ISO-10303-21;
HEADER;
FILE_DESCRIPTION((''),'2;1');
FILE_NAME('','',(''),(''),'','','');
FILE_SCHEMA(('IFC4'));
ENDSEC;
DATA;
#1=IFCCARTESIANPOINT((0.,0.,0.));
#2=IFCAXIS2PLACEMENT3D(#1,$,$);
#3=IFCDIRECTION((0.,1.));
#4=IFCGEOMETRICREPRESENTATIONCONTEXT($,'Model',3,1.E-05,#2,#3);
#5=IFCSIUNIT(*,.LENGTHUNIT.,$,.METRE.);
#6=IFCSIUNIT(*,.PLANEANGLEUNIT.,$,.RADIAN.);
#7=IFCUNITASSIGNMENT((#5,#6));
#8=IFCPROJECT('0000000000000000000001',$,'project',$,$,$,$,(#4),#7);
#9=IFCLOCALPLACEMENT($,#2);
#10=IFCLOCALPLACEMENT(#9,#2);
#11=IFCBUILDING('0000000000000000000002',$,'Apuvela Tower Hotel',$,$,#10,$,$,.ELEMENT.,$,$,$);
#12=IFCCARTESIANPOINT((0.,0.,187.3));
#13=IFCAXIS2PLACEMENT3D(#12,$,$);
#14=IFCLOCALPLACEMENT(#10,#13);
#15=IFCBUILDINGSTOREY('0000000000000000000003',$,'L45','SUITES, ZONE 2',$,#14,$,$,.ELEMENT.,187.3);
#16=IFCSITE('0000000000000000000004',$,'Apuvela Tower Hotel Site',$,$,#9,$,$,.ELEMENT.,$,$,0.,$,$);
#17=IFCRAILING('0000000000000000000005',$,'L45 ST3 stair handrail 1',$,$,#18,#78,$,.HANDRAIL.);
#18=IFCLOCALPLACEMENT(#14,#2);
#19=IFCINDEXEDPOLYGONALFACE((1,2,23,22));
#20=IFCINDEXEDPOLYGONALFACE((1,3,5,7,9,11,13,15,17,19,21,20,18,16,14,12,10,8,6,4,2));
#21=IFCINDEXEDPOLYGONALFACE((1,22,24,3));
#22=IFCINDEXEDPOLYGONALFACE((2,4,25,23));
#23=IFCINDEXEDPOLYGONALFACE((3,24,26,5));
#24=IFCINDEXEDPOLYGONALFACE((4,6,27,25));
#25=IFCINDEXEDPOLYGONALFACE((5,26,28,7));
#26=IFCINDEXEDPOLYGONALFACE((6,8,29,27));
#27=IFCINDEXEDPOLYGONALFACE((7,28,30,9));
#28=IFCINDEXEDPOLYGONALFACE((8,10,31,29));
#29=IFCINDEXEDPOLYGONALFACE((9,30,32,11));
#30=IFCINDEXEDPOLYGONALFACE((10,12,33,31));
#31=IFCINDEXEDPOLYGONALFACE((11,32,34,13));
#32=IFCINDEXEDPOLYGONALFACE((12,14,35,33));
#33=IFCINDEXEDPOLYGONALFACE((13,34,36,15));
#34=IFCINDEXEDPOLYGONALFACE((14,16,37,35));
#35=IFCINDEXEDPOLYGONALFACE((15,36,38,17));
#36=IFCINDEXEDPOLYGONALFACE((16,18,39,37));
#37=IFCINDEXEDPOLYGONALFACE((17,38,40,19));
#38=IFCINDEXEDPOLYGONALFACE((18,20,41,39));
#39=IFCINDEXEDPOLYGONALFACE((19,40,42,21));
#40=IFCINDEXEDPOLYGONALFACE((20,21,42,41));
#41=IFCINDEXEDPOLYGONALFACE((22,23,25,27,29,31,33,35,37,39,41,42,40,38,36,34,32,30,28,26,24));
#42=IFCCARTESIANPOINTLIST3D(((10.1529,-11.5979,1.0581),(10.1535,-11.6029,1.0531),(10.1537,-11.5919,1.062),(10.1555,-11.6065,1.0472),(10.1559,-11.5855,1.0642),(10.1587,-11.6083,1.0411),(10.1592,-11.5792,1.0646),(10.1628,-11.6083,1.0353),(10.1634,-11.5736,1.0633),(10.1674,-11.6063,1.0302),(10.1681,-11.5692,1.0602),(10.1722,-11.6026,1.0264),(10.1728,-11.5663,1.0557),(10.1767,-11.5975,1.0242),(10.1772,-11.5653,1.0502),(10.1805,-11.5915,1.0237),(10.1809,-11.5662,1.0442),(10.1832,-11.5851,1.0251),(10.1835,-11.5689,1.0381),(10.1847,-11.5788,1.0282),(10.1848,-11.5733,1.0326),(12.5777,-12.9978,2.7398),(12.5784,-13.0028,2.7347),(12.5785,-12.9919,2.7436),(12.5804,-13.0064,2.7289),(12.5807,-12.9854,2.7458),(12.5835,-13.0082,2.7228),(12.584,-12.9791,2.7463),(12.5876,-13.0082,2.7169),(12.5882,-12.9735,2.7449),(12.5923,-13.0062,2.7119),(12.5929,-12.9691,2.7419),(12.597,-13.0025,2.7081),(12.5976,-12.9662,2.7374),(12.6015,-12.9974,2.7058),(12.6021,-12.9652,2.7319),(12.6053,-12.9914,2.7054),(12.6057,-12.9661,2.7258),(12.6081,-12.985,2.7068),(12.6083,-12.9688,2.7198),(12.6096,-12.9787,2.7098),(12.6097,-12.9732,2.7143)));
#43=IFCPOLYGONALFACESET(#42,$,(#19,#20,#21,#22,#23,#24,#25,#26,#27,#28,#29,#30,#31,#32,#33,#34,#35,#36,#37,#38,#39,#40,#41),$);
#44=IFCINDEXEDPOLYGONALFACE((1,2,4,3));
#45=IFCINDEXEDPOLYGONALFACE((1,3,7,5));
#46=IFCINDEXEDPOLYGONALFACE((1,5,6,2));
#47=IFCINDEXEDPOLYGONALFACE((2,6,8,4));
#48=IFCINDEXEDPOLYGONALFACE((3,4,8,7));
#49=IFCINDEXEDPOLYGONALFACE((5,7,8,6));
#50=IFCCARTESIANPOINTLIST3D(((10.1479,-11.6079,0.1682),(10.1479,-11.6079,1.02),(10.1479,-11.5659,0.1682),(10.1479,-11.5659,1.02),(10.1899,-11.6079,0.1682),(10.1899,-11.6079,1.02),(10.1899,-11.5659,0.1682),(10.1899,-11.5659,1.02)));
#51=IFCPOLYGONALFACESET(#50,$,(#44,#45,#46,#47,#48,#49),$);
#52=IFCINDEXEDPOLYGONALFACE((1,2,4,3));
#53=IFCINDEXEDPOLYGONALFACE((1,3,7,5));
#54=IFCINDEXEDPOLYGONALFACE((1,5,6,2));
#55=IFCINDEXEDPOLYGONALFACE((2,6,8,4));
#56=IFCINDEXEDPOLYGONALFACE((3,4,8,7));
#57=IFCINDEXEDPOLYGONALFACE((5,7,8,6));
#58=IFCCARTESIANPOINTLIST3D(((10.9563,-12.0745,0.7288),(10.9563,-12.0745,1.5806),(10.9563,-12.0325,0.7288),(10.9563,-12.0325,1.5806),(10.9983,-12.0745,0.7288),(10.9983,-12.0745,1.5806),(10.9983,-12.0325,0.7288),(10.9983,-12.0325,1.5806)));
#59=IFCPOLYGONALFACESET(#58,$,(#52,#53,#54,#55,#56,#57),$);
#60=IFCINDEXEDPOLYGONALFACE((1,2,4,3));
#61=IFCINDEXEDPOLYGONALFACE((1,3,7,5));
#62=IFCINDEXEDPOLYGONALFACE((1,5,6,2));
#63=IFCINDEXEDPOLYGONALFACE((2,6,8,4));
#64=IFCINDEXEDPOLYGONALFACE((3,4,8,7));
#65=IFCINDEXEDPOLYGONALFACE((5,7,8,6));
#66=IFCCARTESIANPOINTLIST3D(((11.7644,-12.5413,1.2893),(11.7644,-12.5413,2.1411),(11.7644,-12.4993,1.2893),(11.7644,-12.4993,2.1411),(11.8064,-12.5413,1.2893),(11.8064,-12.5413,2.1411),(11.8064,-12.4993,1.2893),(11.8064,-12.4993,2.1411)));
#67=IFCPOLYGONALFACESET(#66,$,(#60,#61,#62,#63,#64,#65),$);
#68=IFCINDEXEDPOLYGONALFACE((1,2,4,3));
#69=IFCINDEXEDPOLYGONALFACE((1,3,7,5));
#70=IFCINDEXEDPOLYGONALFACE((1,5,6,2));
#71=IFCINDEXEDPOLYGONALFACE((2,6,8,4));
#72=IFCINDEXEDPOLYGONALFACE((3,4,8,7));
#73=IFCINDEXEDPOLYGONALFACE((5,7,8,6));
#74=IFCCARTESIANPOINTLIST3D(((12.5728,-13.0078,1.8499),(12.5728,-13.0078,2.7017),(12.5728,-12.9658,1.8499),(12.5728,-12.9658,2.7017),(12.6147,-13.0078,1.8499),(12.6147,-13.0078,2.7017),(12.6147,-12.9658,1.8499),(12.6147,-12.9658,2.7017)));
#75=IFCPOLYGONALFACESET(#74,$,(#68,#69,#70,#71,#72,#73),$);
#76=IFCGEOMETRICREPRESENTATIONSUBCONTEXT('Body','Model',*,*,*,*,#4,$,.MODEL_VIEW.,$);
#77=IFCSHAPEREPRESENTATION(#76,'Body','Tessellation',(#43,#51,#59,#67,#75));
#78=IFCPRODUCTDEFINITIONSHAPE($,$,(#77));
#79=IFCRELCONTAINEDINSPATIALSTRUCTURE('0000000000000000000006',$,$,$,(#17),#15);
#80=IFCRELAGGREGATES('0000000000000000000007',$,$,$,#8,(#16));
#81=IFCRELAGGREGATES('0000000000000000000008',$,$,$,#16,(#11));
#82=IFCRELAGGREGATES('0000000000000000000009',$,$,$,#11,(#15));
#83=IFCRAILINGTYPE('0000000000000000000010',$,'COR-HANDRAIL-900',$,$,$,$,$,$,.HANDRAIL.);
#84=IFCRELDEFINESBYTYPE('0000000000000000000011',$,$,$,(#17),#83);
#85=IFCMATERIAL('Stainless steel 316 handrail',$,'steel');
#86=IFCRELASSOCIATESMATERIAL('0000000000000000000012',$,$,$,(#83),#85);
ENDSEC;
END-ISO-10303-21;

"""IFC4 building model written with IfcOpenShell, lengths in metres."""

from ifc_helpers import new_model, si_unit, direction, frame, origin, origin_2d, place, context, subcontext, project, spatial, rectangle, circle, extrude, material, type_object, element, save


model = new_model("IFC4")

# Units and contexts
model_context = context("Model", 3, precision=1e-05, world=origin(), true_north=direction((0.0, 1.0)))
body_context = subcontext(model_context, "Body", "Model", "MODEL_VIEW")
ifc_project = project(units=[si_unit("LENGTHUNIT", "METRE"), si_unit("PLANEANGLEUNIT", "RADIAN")], contexts=[model_context])

# Site, building, storey
site_placement = place(None, origin())
site = spatial("IfcSite", under=ifc_project, at=site_placement, Name="Apuvela Tower Hotel Site", CompositionType="ELEMENT", RefElevation=0.0)
building_placement = place(site_placement, origin())
building = spatial("IfcBuilding", under=site, at=building_placement, Name="Apuvela Tower Hotel", CompositionType="ELEMENT")
storey_placement = place(building_placement, frame((0.0, 0.0, 187.3)))
storey = spatial("IfcBuildingStorey", under=building, at=storey_placement, Name="L45", Description="SUITES, ZONE 2", CompositionType="ELEMENT", Elevation=187.3)

# Railing
ifc_material_1 = material(Name="Stainless steel 316 handrail", Category="steel")
railing_type_1 = type_object("IfcRailingType", Name="COR-HANDRAIL-900", PredefinedType="HANDRAIL", material=ifc_material_1)
railing_1_placement = place(storey_placement, frame((10.1689, -11.5869, 0.1682)))
element("IfcRailing", 1, at=railing_1_placement, inside=storey, type_object=railing_type_1, Name="L45 ST3 stair handrail 1", PredefinedType="HANDRAIL", context=body_context, shape_type="SweptSolid", body=[
    extrude(circle(Radius=0.0239, at=origin_2d()), frame((0.0, 0.0, 0.876), z_axis=(0.742419, -0.428618, 0.514879), x_axis=(0.499984, 0.866035, 0.0)), (0.0, 0.0, 1.0), 3.2661),
    extrude(rectangle(XDim=0.042, YDim=0.042, at=origin_2d()), origin(), (0.0, 0.0, 1.0), 0.8518),
    extrude(rectangle(XDim=0.042, YDim=0.042, at=origin_2d()), frame((0.8083, -0.4666, 0.5605)), (0.0, 0.0, 1.0), 0.8518),
    extrude(rectangle(XDim=0.042, YDim=0.042, at=origin_2d()), frame((1.6165, -0.9333, 1.1211)), (0.0, 0.0, 1.0), 0.8518),
    extrude(rectangle(XDim=0.042, YDim=0.042, at=origin_2d()), frame((2.4248, -1.3999, 1.6816)), (0.0, 0.0, 1.0), 0.8518),
])

save(model, "model.ifc")
